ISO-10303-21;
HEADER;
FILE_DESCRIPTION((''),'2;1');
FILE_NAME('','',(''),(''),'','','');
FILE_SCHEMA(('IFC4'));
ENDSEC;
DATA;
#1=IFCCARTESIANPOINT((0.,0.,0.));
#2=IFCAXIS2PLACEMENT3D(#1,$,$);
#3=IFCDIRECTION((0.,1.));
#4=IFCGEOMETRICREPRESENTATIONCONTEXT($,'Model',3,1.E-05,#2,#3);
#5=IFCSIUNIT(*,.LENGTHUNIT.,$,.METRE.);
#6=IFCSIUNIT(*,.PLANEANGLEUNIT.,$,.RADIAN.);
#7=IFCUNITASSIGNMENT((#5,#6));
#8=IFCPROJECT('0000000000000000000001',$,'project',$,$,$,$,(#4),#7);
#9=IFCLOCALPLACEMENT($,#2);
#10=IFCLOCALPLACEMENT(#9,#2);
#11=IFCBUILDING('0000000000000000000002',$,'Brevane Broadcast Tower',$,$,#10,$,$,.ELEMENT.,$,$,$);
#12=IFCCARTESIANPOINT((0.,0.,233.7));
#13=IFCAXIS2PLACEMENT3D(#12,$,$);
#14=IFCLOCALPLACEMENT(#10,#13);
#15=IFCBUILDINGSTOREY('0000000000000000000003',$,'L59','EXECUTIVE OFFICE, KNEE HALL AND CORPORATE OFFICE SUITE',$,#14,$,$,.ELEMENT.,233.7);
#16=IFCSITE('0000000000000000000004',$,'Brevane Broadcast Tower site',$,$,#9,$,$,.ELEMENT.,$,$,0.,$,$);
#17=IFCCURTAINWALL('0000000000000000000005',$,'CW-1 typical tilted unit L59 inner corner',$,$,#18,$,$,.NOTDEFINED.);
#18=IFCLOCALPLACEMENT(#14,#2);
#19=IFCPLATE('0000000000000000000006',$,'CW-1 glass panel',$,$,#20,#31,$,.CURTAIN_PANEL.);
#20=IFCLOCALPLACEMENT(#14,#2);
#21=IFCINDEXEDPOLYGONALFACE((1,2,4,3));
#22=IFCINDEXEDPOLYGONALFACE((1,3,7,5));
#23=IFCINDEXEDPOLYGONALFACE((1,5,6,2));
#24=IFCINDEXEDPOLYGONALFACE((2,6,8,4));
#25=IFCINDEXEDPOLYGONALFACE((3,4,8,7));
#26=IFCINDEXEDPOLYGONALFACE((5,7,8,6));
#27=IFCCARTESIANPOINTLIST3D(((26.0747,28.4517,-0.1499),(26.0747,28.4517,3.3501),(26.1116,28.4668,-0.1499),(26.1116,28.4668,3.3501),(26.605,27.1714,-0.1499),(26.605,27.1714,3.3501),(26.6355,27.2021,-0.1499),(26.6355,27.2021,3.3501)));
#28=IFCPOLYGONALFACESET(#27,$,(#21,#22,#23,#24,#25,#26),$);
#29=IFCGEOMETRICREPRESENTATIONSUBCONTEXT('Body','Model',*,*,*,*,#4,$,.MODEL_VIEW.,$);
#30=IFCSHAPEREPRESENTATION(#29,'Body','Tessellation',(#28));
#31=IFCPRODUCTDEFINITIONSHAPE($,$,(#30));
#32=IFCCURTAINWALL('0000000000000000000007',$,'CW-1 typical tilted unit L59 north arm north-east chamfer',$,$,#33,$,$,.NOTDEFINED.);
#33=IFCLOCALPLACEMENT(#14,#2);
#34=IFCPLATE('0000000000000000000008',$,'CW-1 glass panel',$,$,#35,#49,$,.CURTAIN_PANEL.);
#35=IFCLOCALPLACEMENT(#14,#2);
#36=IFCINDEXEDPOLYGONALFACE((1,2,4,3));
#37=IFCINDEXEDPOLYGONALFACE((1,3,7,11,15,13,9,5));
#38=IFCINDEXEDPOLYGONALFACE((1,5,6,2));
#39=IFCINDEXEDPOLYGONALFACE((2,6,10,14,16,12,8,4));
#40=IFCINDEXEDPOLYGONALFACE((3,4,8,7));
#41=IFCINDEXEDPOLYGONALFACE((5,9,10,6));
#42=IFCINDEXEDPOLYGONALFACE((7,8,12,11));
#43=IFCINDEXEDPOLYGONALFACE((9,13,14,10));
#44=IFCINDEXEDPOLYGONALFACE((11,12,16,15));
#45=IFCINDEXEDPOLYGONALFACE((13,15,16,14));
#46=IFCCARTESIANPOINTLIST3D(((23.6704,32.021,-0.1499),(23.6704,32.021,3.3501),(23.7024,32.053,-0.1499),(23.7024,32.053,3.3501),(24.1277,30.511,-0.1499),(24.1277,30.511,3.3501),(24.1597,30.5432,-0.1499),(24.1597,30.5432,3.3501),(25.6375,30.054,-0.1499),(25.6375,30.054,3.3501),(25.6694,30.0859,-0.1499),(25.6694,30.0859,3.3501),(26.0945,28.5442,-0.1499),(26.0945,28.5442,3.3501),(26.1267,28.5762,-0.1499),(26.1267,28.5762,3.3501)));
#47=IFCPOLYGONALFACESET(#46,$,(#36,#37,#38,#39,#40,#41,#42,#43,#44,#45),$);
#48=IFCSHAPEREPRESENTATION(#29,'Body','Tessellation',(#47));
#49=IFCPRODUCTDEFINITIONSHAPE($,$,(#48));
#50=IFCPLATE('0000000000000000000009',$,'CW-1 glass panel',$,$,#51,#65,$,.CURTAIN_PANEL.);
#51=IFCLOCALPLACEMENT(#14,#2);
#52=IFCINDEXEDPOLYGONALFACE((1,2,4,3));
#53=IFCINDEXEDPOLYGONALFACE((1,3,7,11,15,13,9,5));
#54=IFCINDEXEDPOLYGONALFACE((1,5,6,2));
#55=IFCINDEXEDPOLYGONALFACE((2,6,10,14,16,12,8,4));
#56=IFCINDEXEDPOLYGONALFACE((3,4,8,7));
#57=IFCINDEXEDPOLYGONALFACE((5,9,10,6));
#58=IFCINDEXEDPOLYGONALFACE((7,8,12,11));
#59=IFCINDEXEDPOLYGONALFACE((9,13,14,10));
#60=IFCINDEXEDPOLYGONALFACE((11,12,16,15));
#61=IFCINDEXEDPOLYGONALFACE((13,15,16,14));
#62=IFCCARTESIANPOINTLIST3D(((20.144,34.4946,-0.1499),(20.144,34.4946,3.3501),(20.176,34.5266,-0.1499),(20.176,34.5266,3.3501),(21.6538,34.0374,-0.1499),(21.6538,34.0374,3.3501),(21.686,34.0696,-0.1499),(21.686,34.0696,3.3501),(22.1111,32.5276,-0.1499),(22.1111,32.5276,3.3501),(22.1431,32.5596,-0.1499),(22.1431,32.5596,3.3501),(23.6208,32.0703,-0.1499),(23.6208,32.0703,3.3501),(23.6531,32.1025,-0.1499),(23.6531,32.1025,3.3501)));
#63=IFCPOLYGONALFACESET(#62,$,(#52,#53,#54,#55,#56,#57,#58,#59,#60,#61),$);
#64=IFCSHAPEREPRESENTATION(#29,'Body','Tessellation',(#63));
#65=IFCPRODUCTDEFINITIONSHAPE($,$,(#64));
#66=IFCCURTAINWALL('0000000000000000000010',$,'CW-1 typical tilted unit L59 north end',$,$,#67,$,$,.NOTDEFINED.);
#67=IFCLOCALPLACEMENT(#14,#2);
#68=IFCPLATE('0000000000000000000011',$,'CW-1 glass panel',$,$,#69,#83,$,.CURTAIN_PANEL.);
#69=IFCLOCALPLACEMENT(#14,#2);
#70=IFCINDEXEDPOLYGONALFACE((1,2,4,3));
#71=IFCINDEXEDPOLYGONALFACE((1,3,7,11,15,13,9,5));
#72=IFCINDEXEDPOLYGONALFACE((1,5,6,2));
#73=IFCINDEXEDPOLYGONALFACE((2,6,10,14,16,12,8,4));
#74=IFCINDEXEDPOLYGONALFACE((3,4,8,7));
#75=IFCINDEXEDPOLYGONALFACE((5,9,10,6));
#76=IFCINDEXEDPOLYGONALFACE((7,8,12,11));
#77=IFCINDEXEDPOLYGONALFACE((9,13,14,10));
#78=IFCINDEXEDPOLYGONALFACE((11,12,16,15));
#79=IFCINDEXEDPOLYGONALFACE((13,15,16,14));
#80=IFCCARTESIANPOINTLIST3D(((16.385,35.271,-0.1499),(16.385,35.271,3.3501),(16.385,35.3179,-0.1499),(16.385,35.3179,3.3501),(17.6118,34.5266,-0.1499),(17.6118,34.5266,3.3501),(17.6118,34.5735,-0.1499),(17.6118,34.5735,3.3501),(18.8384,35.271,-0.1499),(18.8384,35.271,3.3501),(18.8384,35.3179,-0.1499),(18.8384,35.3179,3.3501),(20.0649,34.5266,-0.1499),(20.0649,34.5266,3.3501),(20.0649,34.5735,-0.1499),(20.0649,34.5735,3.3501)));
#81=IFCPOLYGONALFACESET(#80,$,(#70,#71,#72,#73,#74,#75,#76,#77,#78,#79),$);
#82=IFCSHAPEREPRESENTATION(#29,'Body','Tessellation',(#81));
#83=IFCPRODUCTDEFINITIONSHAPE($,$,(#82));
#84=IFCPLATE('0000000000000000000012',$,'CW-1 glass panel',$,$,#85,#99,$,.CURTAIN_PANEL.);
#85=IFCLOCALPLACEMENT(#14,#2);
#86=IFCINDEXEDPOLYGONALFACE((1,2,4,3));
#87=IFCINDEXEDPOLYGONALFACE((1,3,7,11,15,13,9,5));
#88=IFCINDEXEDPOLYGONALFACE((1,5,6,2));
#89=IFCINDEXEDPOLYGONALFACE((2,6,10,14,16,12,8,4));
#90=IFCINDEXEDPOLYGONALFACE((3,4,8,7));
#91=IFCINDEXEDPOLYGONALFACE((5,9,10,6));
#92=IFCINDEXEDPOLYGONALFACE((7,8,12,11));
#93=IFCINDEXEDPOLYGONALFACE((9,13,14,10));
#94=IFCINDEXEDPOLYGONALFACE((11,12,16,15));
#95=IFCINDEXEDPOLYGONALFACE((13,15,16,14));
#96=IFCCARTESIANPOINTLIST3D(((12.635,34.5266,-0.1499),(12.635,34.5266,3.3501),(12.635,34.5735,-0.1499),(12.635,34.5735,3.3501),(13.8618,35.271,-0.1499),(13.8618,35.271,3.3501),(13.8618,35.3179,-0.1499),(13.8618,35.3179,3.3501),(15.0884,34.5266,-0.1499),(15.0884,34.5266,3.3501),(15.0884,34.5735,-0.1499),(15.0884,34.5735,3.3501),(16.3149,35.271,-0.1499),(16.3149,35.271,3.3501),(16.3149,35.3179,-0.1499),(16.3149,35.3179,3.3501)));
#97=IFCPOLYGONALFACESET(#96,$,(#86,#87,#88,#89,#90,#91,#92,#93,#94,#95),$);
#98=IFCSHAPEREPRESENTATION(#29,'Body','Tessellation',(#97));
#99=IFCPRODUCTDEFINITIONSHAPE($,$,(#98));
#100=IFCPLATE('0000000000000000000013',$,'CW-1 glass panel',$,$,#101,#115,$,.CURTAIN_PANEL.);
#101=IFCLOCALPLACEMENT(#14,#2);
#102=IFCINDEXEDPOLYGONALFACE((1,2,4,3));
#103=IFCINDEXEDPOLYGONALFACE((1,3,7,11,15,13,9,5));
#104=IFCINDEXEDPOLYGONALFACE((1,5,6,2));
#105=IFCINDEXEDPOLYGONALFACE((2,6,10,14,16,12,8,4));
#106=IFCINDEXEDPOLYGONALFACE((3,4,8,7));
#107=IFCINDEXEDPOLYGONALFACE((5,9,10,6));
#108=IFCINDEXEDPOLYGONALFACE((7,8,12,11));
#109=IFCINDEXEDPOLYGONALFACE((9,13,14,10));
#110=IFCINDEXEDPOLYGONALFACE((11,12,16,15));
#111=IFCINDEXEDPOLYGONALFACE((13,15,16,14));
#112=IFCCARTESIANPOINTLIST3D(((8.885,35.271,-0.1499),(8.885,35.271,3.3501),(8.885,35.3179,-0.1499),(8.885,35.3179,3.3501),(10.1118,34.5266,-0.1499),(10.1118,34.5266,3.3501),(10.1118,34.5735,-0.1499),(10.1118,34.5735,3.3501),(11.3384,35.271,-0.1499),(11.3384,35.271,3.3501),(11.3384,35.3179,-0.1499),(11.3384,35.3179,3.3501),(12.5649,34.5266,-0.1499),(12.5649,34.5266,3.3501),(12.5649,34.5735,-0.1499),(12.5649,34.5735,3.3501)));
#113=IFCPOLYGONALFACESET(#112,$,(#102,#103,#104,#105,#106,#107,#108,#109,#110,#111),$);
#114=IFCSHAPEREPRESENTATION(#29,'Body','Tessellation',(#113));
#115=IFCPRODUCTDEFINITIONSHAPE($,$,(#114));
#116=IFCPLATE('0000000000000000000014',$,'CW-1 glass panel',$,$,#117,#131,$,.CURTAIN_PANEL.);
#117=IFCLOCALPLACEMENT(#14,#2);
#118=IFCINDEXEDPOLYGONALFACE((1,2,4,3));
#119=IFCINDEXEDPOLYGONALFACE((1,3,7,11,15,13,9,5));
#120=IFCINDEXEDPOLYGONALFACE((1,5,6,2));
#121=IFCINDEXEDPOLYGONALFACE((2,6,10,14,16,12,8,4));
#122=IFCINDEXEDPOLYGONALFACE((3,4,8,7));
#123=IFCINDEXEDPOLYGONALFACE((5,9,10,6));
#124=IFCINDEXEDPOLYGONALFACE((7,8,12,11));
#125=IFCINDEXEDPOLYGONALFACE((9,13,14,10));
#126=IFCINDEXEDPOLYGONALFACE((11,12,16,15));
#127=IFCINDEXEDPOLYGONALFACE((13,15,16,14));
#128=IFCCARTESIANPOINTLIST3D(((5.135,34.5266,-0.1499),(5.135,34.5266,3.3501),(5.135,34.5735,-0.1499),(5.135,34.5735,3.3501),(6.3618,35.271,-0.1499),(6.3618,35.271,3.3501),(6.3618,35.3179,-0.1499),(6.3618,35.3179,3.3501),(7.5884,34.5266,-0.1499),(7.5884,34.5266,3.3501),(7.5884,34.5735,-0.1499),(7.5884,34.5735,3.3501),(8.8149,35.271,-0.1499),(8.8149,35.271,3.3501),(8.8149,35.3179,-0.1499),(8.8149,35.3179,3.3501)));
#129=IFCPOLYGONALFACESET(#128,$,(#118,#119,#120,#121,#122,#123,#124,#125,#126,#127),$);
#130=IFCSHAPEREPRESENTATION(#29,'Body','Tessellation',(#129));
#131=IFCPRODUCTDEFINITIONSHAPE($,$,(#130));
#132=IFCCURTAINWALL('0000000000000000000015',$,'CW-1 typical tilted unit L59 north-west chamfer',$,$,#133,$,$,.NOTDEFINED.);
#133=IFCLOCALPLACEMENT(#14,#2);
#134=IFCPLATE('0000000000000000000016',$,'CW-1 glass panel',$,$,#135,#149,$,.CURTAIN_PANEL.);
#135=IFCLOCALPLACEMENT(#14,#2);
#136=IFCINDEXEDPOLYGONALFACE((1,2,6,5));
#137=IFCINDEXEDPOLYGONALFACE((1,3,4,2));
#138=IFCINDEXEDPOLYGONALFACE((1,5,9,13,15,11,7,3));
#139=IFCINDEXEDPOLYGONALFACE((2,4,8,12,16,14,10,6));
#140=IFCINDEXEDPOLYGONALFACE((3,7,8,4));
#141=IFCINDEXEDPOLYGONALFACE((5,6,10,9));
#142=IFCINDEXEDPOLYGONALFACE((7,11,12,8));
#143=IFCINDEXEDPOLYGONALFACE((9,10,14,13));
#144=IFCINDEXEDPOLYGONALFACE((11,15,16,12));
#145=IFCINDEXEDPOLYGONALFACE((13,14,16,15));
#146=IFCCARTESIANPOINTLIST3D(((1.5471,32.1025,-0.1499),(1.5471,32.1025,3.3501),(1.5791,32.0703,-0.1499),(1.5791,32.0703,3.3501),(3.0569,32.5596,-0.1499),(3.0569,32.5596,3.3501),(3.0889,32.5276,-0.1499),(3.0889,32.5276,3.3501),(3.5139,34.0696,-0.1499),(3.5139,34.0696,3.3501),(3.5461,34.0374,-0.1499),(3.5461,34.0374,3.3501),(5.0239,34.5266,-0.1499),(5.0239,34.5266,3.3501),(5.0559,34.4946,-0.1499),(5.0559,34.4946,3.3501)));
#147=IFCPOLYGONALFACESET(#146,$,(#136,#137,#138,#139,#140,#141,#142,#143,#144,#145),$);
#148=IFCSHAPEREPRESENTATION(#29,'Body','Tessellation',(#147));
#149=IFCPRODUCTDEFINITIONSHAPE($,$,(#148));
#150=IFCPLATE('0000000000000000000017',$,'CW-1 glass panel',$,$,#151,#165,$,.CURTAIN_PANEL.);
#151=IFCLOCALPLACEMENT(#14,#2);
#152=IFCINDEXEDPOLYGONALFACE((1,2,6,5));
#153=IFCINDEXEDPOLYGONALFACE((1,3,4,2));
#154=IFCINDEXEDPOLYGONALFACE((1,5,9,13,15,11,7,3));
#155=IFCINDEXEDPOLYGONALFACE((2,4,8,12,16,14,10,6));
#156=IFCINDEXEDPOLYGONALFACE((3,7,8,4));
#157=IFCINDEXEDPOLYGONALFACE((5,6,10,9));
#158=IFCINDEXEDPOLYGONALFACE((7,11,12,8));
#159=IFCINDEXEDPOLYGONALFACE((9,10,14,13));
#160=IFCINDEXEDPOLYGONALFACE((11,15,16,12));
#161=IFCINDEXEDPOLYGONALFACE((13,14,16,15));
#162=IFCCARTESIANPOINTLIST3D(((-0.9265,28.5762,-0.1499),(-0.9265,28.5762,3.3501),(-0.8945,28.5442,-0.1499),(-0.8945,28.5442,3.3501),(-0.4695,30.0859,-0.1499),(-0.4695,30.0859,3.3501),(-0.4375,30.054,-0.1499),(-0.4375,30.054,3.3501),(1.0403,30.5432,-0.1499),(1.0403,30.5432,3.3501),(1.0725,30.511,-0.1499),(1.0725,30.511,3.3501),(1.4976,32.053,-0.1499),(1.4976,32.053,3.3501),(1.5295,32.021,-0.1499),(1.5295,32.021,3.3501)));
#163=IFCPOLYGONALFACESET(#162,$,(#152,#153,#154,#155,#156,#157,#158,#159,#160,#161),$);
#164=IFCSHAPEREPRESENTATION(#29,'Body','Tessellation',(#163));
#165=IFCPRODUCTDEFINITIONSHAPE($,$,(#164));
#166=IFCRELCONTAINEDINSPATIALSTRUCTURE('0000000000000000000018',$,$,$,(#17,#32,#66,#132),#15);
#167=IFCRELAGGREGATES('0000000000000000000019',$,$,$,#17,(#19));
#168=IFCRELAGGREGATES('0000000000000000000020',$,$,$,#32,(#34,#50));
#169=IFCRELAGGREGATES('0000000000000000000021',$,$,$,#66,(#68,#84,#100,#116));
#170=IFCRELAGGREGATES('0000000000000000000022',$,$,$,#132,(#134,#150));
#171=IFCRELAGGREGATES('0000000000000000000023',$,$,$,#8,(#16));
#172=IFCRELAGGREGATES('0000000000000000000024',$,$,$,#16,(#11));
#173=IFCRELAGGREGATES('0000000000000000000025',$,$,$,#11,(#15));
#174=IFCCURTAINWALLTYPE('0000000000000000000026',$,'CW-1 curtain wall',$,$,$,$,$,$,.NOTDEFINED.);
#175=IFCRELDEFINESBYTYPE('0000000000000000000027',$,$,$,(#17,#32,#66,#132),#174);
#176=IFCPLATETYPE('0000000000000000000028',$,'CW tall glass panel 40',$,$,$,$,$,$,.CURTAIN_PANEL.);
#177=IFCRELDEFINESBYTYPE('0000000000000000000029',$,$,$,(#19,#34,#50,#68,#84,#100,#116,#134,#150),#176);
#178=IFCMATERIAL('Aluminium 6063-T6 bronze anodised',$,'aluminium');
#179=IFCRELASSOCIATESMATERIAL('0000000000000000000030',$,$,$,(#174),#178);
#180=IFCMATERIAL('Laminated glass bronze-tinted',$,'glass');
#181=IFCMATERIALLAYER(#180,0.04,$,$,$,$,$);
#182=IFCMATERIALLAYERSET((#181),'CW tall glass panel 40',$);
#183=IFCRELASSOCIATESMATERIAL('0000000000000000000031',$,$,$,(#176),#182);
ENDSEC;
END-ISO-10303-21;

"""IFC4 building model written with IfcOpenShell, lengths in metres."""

from ifc_helpers import new_model, si_unit, direction, frame, origin, place, context, subcontext, project, spatial, polyline, outline, extrude, material, layer, layer_set, type_object, element, aggregate, save


model = new_model("IFC4")

# Units and contexts
model_context = context("Model", 3, precision=1e-05, world=origin(), true_north=direction((0.0, 1.0)))
body_context = subcontext(model_context, "Body", "Model", "MODEL_VIEW")
ifc_project = project(units=[si_unit("LENGTHUNIT", "METRE"), si_unit("PLANEANGLEUNIT", "RADIAN")], contexts=[model_context])

# Site, building, storey
site_placement = place(None, origin())
site = spatial("IfcSite", under=ifc_project, at=site_placement, Name="Brevane Broadcast Tower site", CompositionType="ELEMENT", RefElevation=0.0)
building_placement = place(site_placement, origin())
building = spatial("IfcBuilding", under=site, at=building_placement, Name="Brevane Broadcast Tower", CompositionType="ELEMENT")
storey_placement = place(building_placement, frame((0.0, 0.0, 233.7)))
storey = spatial("IfcBuildingStorey", under=building, at=storey_placement, Name="L59", Description="EXECUTIVE OFFICE, KNEE HALL AND CORPORATE OFFICE SUITE", CompositionType="ELEMENT", Elevation=233.7)

# Shared definitions
ifc_material_1 = material(Name="Aluminium 6063-T6 bronze anodised", Category="aluminium")
curtain_wall_type = type_object("IfcCurtainWallType", Name="CW-1 curtain wall", PredefinedType="NOTDEFINED", material=ifc_material_1)
ifc_material_2 = material(Name="Laminated glass bronze-tinted", Category="glass")
ifc_layer = layer(ifc_material_2, 0.04)
ifc_layer_set = layer_set([ifc_layer], Name="CW tall glass panel 40")
plate_type = type_object("IfcPlateType", Name="CW tall glass panel 40", PredefinedType="CURTAIN_PANEL", material=ifc_layer_set)

# Curtain walls, plates
curtain_wall_1_placement = place(storey_placement, origin())
curtain_wall_1 = element("IfcCurtainWall", 1, at=curtain_wall_1_placement, inside=storey, type_object=curtain_wall_type, Name="CW-1 typical tilted unit L59 inner corner", PredefinedType="NOTDEFINED")
plate_1_placement = place(storey_placement, frame((0.0, 0.0, -0.1499)))
plate_1 = element("IfcPlate", 2, at=plate_1_placement, type_object=plate_type, Name="CW-1 glass panel", PredefinedType="CURTAIN_PANEL", context=body_context, shape_type="SweptSolid", body=[
    extrude(outline(polyline([(26.605, 27.1714), (26.6355, 27.2021), (26.1116, 28.4668), (26.0747, 28.4517), (26.605, 27.1714)])), origin(), (0.0, 0.0, 1.0), 3.5),
])
aggregate(curtain_wall_1, [plate_1])
curtain_wall_2_placement = place(storey_placement, origin())
curtain_wall_2 = element("IfcCurtainWall", 3, at=curtain_wall_2_placement, inside=storey, type_object=curtain_wall_type, Name="CW-1 typical tilted unit L59 north arm north-east chamfer", PredefinedType="NOTDEFINED")
plate_2_placement = place(storey_placement, frame((0.0, 0.0, -0.1499)))
plate_2 = element("IfcPlate", 4, at=plate_2_placement, type_object=plate_type, Name="CW-1 glass panel", PredefinedType="CURTAIN_PANEL", context=body_context, shape_type="SweptSolid", body=[
    extrude(outline(polyline([(26.0945, 28.5442), (26.1267, 28.5762), (25.6694, 30.0859), (24.1597, 30.5432), (23.7024, 32.053), (23.6704, 32.021), (24.1277, 30.511), (25.6375, 30.054), (26.0945, 28.5442)])), origin(), (0.0, 0.0, 1.0), 3.5),
])
plate_3_placement = place(storey_placement, frame((0.0, 0.0, -0.1499)))
plate_3 = element("IfcPlate", 5, at=plate_3_placement, type_object=plate_type, Name="CW-1 glass panel", PredefinedType="CURTAIN_PANEL", context=body_context, shape_type="SweptSolid", body=[
    extrude(outline(polyline([(23.6208, 32.0703), (23.6531, 32.1025), (22.1431, 32.5596), (21.686, 34.0696), (20.176, 34.5266), (20.144, 34.4946), (21.6538, 34.0374), (22.1111, 32.5276), (23.6208, 32.0703)])), origin(), (0.0, 0.0, 1.0), 3.5),
])
aggregate(curtain_wall_2, [plate_2, plate_3])
curtain_wall_3_placement = place(storey_placement, origin())
curtain_wall_3 = element("IfcCurtainWall", 6, at=curtain_wall_3_placement, inside=storey, type_object=curtain_wall_type, Name="CW-1 typical tilted unit L59 north end", PredefinedType="NOTDEFINED")
plate_4_placement = place(storey_placement, frame((0.0, 0.0, -0.1499)))
plate_4 = element("IfcPlate", 7, at=plate_4_placement, type_object=plate_type, Name="CW-1 glass panel", PredefinedType="CURTAIN_PANEL", context=body_context, shape_type="SweptSolid", body=[
    extrude(outline(polyline([(20.0649, 34.5266), (20.0649, 34.5735), (18.8384, 35.3179), (17.6118, 34.5735), (16.385, 35.3179), (16.385, 35.271), (17.6118, 34.5266), (18.8384, 35.271), (20.0649, 34.5266)])), origin(), (0.0, 0.0, 1.0), 3.5),
])
plate_5_placement = place(storey_placement, frame((0.0, 0.0, -0.1499)))
plate_5 = element("IfcPlate", 8, at=plate_5_placement, type_object=plate_type, Name="CW-1 glass panel", PredefinedType="CURTAIN_PANEL", context=body_context, shape_type="SweptSolid", body=[
    extrude(outline(polyline([(16.3149, 35.271), (16.3149, 35.3179), (15.0884, 34.5735), (13.8618, 35.3179), (12.635, 34.5735), (12.635, 34.5266), (13.8618, 35.271), (15.0884, 34.5266), (16.3149, 35.271)])), origin(), (0.0, 0.0, 1.0), 3.5),
])
plate_6_placement = place(storey_placement, frame((0.0, 0.0, -0.1499)))
plate_6 = element("IfcPlate", 9, at=plate_6_placement, type_object=plate_type, Name="CW-1 glass panel", PredefinedType="CURTAIN_PANEL", context=body_context, shape_type="SweptSolid", body=[
    extrude(outline(polyline([(12.5649, 34.5266), (12.5649, 34.5735), (11.3384, 35.3179), (10.1118, 34.5735), (8.885, 35.3179), (8.885, 35.271), (10.1118, 34.5266), (11.3384, 35.271), (12.5649, 34.5266)])), origin(), (0.0, 0.0, 1.0), 3.5),
])
plate_7_placement = place(storey_placement, frame((0.0, 0.0, -0.1499)))
plate_7 = element("IfcPlate", 10, at=plate_7_placement, type_object=plate_type, Name="CW-1 glass panel", PredefinedType="CURTAIN_PANEL", context=body_context, shape_type="SweptSolid", body=[
    extrude(outline(polyline([(8.8149, 35.271), (8.8149, 35.3179), (7.5884, 34.5735), (6.3618, 35.3179), (5.135, 34.5735), (5.135, 34.5266), (6.3618, 35.271), (7.5884, 34.5266), (8.8149, 35.271)])), origin(), (0.0, 0.0, 1.0), 3.5),
])
aggregate(curtain_wall_3, [plate_4, plate_5, plate_6, plate_7])
curtain_wall_4_placement = place(storey_placement, origin())
curtain_wall_4 = element("IfcCurtainWall", 11, at=curtain_wall_4_placement, inside=storey, type_object=curtain_wall_type, Name="CW-1 typical tilted unit L59 north-west chamfer", PredefinedType="NOTDEFINED")
plate_8_placement = place(storey_placement, frame((0.0, 0.0, -0.1499)))
plate_8 = element("IfcPlate", 12, at=plate_8_placement, type_object=plate_type, Name="CW-1 glass panel", PredefinedType="CURTAIN_PANEL", context=body_context, shape_type="SweptSolid", body=[
    extrude(outline(polyline([(5.0559, 34.4946), (5.0239, 34.5266), (3.5139, 34.0696), (3.0569, 32.5596), (1.5471, 32.1025), (1.5791, 32.0703), (3.0889, 32.5276), (3.5461, 34.0374), (5.0559, 34.4946)])), origin(), (0.0, 0.0, 1.0), 3.5),
])
plate_9_placement = place(storey_placement, frame((0.0, 0.0, -0.1499)))
plate_9 = element("IfcPlate", 13, at=plate_9_placement, type_object=plate_type, Name="CW-1 glass panel", PredefinedType="CURTAIN_PANEL", context=body_context, shape_type="SweptSolid", body=[
    extrude(outline(polyline([(1.5295, 32.021), (1.4976, 32.053), (1.0403, 30.5432), (-0.4695, 30.0859), (-0.9265, 28.5762), (-0.8945, 28.5442), (-0.4375, 30.054), (1.0725, 30.511), (1.5295, 32.021)])), origin(), (0.0, 0.0, 1.0), 3.5),
])
aggregate(curtain_wall_4, [plate_8, plate_9])

save(model, "model.ifc")
